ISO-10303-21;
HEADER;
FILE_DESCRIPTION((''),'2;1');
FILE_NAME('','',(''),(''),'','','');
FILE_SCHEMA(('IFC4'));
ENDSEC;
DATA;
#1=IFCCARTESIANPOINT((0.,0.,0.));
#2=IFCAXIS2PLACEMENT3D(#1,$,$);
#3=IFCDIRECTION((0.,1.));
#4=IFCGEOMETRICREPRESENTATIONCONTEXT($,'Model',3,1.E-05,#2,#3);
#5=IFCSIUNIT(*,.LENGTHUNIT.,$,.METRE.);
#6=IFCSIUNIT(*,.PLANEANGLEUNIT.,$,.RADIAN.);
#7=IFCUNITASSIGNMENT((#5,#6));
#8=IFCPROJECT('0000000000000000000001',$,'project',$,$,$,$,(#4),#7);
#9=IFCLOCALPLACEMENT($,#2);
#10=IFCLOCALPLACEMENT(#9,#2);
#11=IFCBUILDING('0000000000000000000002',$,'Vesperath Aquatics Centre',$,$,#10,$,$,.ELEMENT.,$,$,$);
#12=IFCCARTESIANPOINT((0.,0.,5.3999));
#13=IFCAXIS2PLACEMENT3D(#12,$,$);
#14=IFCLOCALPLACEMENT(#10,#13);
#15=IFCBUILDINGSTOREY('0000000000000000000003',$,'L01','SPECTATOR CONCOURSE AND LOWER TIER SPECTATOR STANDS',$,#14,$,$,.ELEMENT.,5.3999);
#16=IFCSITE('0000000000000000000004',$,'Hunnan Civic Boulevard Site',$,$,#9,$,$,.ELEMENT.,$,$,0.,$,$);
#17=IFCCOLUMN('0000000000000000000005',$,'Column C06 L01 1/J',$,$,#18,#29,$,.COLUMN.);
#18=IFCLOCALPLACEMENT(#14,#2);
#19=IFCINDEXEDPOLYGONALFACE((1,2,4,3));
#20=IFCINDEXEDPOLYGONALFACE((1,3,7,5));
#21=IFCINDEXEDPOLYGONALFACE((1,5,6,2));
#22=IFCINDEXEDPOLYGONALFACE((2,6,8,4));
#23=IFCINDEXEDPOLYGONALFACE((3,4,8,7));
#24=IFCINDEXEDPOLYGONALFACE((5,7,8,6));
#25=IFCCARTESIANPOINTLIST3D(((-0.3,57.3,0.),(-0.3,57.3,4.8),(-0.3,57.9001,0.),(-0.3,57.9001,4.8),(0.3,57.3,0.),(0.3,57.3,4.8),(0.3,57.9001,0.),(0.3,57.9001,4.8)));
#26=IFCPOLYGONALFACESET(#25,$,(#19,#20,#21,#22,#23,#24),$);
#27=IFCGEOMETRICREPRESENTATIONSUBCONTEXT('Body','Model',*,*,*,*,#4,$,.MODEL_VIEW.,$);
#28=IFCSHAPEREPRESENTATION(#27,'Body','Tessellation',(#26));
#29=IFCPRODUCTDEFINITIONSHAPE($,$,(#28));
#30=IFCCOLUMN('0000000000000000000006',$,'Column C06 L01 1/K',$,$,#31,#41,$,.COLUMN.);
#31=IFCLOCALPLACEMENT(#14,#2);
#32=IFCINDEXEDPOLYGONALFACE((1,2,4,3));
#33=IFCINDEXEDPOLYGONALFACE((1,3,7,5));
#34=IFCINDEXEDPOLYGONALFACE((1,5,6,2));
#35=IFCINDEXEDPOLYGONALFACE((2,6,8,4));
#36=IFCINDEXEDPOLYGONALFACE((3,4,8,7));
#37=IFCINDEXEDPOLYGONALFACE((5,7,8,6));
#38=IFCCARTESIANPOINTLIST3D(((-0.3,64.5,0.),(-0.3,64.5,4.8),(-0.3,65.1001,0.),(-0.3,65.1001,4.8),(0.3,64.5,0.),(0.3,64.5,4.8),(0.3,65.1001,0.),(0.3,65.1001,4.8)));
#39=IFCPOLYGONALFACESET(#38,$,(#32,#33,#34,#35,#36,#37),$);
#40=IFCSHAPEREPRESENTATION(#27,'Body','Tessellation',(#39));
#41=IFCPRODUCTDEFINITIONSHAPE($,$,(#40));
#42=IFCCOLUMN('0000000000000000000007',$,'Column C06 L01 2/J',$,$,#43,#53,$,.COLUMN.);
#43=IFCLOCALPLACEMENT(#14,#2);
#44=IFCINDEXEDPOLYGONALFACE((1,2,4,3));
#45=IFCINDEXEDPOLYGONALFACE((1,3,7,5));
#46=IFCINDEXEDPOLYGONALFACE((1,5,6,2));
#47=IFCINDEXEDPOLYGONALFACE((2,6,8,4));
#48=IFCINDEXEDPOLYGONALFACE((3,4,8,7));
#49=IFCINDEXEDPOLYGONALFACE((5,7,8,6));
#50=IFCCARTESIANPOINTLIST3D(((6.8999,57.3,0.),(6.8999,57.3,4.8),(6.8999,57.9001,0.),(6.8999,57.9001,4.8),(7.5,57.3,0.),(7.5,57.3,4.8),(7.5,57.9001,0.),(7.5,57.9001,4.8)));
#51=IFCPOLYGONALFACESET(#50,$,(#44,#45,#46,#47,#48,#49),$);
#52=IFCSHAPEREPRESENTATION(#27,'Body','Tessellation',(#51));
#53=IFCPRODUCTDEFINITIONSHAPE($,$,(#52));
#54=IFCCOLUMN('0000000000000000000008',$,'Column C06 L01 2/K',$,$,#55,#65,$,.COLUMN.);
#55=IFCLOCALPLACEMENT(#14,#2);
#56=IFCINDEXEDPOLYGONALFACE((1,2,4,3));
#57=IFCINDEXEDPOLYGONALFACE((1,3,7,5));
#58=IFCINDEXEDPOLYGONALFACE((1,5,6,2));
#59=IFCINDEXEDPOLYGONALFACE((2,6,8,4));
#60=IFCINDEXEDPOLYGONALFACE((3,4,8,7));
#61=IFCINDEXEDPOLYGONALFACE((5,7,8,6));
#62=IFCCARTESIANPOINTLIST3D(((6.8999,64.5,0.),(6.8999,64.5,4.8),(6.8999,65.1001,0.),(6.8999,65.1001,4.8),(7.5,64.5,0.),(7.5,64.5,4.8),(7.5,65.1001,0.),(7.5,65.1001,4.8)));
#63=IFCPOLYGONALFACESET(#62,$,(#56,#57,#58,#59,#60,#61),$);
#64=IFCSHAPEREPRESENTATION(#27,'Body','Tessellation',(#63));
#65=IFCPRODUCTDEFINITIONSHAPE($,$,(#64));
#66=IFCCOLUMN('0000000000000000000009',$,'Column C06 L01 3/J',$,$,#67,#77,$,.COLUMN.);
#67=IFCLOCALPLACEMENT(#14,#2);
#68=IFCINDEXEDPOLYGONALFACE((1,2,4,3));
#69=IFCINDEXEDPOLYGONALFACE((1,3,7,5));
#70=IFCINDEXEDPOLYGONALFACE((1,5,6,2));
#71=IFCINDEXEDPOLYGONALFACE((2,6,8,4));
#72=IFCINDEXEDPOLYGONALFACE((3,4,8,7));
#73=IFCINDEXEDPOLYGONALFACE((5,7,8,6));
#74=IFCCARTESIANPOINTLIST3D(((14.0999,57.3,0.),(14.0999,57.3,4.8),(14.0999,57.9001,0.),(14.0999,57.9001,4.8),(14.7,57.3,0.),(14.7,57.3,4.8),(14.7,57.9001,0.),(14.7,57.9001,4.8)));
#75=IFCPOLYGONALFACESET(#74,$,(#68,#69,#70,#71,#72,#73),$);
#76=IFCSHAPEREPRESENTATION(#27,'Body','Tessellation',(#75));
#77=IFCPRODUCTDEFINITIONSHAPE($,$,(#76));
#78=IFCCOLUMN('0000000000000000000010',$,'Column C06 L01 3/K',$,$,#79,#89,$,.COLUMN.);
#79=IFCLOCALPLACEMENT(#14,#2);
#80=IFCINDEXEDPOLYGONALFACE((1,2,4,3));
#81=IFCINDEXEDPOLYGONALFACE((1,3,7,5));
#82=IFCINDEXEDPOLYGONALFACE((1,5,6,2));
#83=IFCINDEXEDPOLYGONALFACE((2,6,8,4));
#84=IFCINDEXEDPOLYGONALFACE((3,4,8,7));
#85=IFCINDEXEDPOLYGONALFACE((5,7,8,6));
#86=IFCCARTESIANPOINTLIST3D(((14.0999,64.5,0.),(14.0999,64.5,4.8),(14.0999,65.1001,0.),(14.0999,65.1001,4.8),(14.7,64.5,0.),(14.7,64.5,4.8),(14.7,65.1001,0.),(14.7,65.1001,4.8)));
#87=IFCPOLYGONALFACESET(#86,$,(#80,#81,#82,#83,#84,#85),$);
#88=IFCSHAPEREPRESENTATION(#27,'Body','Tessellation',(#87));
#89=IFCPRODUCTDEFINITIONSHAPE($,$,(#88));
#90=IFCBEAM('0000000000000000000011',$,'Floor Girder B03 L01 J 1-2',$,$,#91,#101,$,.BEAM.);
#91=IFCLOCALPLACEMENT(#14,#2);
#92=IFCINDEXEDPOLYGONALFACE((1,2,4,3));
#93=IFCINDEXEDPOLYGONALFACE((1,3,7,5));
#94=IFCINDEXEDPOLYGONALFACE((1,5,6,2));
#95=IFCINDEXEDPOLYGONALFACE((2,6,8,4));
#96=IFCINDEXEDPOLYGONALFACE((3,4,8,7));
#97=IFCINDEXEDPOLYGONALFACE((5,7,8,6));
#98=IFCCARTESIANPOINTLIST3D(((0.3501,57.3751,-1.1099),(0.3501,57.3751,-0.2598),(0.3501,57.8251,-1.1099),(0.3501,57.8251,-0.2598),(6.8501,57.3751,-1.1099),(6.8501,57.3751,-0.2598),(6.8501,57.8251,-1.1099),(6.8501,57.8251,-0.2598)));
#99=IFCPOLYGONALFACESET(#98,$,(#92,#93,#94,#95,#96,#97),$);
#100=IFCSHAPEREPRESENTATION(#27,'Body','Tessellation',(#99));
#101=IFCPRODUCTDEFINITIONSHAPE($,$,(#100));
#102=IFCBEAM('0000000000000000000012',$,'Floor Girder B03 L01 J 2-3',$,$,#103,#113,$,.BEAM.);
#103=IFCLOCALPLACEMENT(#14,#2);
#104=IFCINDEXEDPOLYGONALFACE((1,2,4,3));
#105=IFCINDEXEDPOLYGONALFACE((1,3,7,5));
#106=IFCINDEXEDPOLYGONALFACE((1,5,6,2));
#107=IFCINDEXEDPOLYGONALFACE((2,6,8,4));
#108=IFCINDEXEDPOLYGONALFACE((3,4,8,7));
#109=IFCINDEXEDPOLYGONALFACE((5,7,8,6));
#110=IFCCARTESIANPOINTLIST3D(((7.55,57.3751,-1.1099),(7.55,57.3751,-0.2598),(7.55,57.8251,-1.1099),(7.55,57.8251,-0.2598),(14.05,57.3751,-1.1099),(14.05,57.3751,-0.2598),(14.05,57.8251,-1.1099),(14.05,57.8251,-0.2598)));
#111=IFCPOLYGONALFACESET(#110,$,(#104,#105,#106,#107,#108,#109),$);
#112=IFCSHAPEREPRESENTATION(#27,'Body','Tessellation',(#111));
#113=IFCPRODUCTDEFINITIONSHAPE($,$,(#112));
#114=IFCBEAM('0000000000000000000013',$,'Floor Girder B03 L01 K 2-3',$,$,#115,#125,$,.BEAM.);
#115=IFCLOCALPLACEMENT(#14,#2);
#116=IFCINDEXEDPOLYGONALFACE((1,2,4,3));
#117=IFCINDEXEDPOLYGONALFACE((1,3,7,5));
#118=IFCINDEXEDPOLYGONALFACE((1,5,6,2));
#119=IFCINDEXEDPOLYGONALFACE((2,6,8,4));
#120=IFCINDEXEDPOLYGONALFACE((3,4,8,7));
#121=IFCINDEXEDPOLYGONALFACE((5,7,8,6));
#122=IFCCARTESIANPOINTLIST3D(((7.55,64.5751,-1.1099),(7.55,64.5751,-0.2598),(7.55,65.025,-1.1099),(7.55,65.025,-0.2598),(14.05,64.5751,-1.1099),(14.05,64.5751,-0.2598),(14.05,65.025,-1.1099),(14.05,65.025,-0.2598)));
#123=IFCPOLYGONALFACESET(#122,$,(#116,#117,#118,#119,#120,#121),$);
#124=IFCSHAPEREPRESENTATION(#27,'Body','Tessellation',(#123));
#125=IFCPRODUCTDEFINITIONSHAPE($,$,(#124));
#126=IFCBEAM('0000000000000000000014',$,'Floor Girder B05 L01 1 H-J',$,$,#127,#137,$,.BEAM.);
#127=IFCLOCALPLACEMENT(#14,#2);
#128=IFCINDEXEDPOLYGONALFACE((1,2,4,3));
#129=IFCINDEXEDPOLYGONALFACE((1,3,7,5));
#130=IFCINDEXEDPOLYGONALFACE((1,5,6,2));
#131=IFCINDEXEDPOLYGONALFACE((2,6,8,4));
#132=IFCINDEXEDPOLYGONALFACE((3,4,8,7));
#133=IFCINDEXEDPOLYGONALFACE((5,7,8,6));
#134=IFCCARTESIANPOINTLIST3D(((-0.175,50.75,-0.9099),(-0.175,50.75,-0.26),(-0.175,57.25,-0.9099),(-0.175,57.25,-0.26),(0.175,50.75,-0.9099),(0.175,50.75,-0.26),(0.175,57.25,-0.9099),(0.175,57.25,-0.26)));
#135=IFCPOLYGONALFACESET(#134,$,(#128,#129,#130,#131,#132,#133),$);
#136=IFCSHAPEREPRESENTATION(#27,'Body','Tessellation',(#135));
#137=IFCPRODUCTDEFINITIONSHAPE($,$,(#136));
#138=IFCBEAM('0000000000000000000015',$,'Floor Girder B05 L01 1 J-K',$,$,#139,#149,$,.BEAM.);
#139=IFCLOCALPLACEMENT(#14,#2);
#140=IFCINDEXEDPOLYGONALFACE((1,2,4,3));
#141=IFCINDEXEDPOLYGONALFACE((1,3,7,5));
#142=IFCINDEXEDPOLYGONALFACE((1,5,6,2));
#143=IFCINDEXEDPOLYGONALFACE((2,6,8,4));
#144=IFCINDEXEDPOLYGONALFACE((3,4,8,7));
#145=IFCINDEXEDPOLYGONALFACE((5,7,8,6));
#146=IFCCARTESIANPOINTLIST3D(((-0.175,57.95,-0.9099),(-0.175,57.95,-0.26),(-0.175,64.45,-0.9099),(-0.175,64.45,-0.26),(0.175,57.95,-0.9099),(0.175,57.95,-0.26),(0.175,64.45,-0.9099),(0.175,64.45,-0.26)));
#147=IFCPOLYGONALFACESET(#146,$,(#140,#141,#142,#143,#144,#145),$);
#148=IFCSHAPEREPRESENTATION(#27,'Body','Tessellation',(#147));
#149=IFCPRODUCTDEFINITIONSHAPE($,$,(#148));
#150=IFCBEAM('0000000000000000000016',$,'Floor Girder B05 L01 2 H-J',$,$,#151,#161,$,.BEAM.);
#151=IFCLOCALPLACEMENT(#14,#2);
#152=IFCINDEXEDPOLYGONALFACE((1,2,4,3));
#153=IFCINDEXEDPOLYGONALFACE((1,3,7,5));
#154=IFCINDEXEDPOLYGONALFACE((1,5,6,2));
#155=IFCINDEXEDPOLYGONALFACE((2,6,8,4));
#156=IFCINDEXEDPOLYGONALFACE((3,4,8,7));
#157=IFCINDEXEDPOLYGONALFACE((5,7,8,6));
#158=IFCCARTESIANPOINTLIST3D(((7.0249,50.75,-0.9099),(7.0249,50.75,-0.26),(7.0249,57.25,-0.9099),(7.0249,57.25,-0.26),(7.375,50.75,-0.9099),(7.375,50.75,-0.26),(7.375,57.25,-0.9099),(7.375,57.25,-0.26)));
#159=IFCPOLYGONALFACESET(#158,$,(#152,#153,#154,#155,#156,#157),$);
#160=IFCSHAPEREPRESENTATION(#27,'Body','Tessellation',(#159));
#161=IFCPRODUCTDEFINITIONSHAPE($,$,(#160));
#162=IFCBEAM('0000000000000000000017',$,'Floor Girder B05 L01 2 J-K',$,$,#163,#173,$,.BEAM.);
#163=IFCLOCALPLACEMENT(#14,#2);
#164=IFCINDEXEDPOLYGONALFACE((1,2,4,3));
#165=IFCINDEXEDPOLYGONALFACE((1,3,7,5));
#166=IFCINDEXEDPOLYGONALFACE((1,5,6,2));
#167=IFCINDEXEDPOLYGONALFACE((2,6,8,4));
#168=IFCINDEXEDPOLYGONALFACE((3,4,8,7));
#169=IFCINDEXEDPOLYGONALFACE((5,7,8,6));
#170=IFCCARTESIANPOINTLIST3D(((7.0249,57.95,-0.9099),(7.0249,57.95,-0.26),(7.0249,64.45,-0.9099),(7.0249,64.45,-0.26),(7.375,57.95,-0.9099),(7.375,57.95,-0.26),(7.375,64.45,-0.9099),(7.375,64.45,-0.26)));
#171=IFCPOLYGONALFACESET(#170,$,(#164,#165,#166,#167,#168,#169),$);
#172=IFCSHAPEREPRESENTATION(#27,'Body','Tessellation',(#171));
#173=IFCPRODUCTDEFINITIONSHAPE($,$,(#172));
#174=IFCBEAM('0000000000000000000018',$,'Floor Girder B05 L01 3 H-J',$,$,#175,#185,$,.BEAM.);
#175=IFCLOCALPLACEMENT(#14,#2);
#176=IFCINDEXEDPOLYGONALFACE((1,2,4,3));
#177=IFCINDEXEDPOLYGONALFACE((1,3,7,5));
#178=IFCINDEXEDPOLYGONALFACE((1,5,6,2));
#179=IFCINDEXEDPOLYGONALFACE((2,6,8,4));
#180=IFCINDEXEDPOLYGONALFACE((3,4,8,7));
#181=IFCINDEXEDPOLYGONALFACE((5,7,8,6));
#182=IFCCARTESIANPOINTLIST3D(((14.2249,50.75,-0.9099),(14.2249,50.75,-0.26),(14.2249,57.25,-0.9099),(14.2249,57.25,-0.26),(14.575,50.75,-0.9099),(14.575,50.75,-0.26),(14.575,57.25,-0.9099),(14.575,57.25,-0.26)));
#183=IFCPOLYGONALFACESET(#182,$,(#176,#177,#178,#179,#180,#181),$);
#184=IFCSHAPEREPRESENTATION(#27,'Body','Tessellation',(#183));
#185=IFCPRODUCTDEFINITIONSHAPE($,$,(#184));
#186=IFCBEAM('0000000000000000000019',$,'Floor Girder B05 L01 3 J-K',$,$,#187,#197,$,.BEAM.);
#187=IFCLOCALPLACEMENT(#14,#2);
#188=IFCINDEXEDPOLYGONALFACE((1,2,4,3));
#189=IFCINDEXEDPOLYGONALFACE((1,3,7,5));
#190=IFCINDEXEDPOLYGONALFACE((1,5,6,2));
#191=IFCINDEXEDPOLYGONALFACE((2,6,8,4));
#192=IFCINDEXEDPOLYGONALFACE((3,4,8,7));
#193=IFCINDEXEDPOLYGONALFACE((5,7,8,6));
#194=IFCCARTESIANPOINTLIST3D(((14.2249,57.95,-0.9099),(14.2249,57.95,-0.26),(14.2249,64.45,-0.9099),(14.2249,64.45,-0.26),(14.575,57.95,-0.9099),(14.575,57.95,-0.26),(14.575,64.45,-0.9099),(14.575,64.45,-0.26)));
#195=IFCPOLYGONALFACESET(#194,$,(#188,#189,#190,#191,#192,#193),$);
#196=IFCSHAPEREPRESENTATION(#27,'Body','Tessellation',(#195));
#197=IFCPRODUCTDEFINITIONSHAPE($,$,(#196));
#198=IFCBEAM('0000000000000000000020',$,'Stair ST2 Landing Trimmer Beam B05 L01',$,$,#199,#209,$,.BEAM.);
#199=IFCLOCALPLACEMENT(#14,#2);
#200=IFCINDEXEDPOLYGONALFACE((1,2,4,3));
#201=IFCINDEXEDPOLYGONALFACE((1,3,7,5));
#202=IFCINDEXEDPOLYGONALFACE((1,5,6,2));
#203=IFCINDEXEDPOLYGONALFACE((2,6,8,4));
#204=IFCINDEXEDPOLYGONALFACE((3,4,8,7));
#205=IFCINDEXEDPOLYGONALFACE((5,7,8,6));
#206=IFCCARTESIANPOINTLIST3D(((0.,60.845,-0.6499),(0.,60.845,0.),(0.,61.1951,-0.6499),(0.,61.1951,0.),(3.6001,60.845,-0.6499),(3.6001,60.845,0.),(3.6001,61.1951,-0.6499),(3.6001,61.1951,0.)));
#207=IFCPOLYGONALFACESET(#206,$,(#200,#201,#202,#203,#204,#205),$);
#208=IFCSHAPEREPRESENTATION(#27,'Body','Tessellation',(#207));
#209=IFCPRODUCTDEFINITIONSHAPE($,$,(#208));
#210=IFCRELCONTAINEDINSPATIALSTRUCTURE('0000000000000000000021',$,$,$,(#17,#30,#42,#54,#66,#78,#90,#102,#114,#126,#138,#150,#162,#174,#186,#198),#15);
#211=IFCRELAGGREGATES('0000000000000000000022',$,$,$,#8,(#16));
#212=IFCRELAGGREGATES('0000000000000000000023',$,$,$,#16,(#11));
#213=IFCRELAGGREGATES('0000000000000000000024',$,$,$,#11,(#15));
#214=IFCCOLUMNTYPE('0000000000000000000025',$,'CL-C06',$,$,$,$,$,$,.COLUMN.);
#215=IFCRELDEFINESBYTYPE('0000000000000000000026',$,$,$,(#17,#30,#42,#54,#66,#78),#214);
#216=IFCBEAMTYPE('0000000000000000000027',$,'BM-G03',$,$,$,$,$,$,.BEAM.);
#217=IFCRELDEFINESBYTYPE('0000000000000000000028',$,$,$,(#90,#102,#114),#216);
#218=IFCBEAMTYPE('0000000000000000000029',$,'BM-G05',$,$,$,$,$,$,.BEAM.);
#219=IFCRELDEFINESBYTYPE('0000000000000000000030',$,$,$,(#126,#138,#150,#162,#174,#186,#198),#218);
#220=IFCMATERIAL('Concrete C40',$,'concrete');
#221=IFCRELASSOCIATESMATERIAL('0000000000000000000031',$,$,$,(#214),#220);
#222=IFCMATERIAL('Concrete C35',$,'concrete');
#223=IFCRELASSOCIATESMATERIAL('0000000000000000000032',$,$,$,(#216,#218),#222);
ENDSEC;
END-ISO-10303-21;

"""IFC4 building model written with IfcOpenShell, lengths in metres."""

from ifc_helpers import new_model, si_unit, direction, frame, origin, origin_2d, place, context, subcontext, project, spatial, rectangle, extrude, material, material_profile, profile_set, type_object, element, save


model = new_model("IFC4")

# Units and contexts
model_context = context("Model", 3, precision=1e-05, world=origin(), true_north=direction((0.0, 1.0)))
body_context = subcontext(model_context, "Body", "Model", "MODEL_VIEW")
ifc_project = project(units=[si_unit("LENGTHUNIT", "METRE"), si_unit("PLANEANGLEUNIT", "RADIAN")], contexts=[model_context])

# Site, building, storey
site_placement = place(None, origin())
site = spatial("IfcSite", under=ifc_project, at=site_placement, Name="Hunnan Civic Boulevard Site", CompositionType="ELEMENT", RefElevation=0.0)
building_placement = place(site_placement, origin())
building = spatial("IfcBuilding", under=site, at=building_placement, Name="Vesperath Aquatics Centre", CompositionType="ELEMENT")
storey_placement = place(building_placement, frame((0.0, 0.0, 5.3999)))
storey = spatial("IfcBuildingStorey", under=building, at=storey_placement, Name="L01", Description="SPECTATOR CONCOURSE AND LOWER TIER SPECTATOR STANDS", CompositionType="ELEMENT", Elevation=5.3999)

# Columns
ifc_material_1 = material(Name="Concrete C40", Category="concrete")
ifc_material_profile_1 = material_profile(ifc_material_1, rectangle(XDim=0.6001, YDim=0.6001, at=origin_2d()), Name="RC 600x600")
ifc_profile_set_1 = profile_set([ifc_material_profile_1], Name="Concrete C40")
column_type = type_object("IfcColumnType", Name="CL-C06", PredefinedType="COLUMN", material=ifc_profile_set_1)
for number, where, z_axis, x_axis, name in (
    (1, (0.0, 57.6001, 0.0), (0.0, 0.0, 1.0), (1.0, 0.0, 0.0), "Column C06 L01 1/J"),
    (2, (0.0, 64.8, 0.0), (0.0, 0.0, 1.0), (1.0, 0.0, 0.0), "Column C06 L01 1/K"),
    (3, (7.2, 57.6001, 0.0), (0.0, 0.0, 1.0), (1.0, 0.0, 0.0), "Column C06 L01 2/J"),
    (4, (7.2, 64.8, 0.0), (0.0, 0.0, 1.0), (1.0, 0.0, 0.0), "Column C06 L01 2/K"),
    (5, (14.3999, 57.6001, 0.0), (0.0, 0.0, 1.0), (1.0, 0.0, 0.0), "Column C06 L01 3/J"),
    (6, (14.3999, 64.8, 0.0), (0.0, 0.0, 1.0), (1.0, 0.0, 0.0), "Column C06 L01 3/K"),
):
    element("IfcColumn", number, at=place(storey_placement, frame(where, z_axis=z_axis, x_axis=x_axis)), inside=storey, type_object=column_type, Name=name, PredefinedType="COLUMN", context=body_context, shape_type="SweptSolid", body=[
        extrude(rectangle(XDim=0.6001, YDim=0.6001, at=origin_2d()), origin(), (0.0, 0.0, 1.0), 4.8),
    ])

# Beams
ifc_material_2 = material(Name="Concrete C35", Category="concrete")
ifc_material_profile_2 = material_profile(ifc_material_2, rectangle(XDim=0.45, YDim=0.8501, at=origin_2d()), Name="RC 450x850")
ifc_profile_set_2 = profile_set([ifc_material_profile_2], Name="Concrete C35")
beam_type_1 = type_object("IfcBeamType", Name="BM-G03", PredefinedType="BEAM", material=ifc_profile_set_2)
for number, where, z_axis, x_axis, name in (
    (7, (0.3501, 57.6001, -0.6848), (1.0, 0.0, 0.0), (0.0, 1.0, 0.0), "Floor Girder B03 L01 J 1-2"),
    (8, (7.55, 57.6001, -0.6848), (1.0, 0.0, 0.0), (0.0, 1.0, 0.0), "Floor Girder B03 L01 J 2-3"),
    (9, (7.55, 64.8, -0.6848), (1.0, 0.0, 0.0), (0.0, 1.0, 0.0), "Floor Girder B03 L01 K 2-3"),
):
    element("IfcBeam", number, at=place(storey_placement, frame(where, z_axis=z_axis, x_axis=x_axis)), inside=storey, type_object=beam_type_1, Name=name, PredefinedType="BEAM", context=body_context, shape_type="SweptSolid", body=[
        extrude(rectangle(XDim=0.45, YDim=0.8501, at=origin_2d()), origin(), (0.0, 0.0, 1.0), 6.5),
    ])
ifc_material_profile_3 = material_profile(ifc_material_2, rectangle(XDim=0.3501, YDim=0.6499, at=origin_2d()), Name="RC 350x650")
ifc_profile_set_3 = profile_set([ifc_material_profile_3], Name="Concrete C35")
beam_type_2 = type_object("IfcBeamType", Name="BM-G05", PredefinedType="BEAM", material=ifc_profile_set_3)
for number, where, z_axis, x_axis, name in (
    (10, (0.0, 50.75, -0.585), (0.0, 1.0, 0.0), (-1.0, 0.0, 0.0), "Floor Girder B05 L01 1 H-J"),
    (11, (0.0, 57.95, -0.585), (0.0, 1.0, 0.0), (-1.0, 0.0, 0.0), "Floor Girder B05 L01 1 J-K"),
    (12, (7.2, 50.75, -0.585), (0.0, 1.0, 0.0), (-1.0, 0.0, 0.0), "Floor Girder B05 L01 2 H-J"),
    (13, (7.2, 57.95, -0.585), (0.0, 1.0, 0.0), (-1.0, 0.0, 0.0), "Floor Girder B05 L01 2 J-K"),
    (14, (14.3999, 50.75, -0.585), (0.0, 1.0, 0.0), (-1.0, 0.0, 0.0), "Floor Girder B05 L01 3 H-J"),
    (15, (14.3999, 57.95, -0.585), (0.0, 1.0, 0.0), (-1.0, 0.0, 0.0), "Floor Girder B05 L01 3 J-K"),
):
    element("IfcBeam", number, at=place(storey_placement, frame(where, z_axis=z_axis, x_axis=x_axis)), inside=storey, type_object=beam_type_2, Name=name, PredefinedType="BEAM", context=body_context, shape_type="SweptSolid", body=[
        extrude(rectangle(XDim=0.3501, YDim=0.6499, at=origin_2d()), origin(), (0.0, 0.0, 1.0), 6.5),
    ])
beam_placement = place(storey_placement, frame((0.0, 61.02, -0.325), z_axis=(1.0, 0.0, 0.0), x_axis=(0.0, 1.0, 0.0)))
element("IfcBeam", 16, at=beam_placement, inside=storey, type_object=beam_type_2, Name="Stair ST2 Landing Trimmer Beam B05 L01", PredefinedType="BEAM", context=body_context, shape_type="SweptSolid", body=[
    extrude(rectangle(XDim=0.3501, YDim=0.6499, at=origin_2d()), origin(), (0.0, 0.0, 1.0), 3.6001),
])

save(model, "model.ifc")
